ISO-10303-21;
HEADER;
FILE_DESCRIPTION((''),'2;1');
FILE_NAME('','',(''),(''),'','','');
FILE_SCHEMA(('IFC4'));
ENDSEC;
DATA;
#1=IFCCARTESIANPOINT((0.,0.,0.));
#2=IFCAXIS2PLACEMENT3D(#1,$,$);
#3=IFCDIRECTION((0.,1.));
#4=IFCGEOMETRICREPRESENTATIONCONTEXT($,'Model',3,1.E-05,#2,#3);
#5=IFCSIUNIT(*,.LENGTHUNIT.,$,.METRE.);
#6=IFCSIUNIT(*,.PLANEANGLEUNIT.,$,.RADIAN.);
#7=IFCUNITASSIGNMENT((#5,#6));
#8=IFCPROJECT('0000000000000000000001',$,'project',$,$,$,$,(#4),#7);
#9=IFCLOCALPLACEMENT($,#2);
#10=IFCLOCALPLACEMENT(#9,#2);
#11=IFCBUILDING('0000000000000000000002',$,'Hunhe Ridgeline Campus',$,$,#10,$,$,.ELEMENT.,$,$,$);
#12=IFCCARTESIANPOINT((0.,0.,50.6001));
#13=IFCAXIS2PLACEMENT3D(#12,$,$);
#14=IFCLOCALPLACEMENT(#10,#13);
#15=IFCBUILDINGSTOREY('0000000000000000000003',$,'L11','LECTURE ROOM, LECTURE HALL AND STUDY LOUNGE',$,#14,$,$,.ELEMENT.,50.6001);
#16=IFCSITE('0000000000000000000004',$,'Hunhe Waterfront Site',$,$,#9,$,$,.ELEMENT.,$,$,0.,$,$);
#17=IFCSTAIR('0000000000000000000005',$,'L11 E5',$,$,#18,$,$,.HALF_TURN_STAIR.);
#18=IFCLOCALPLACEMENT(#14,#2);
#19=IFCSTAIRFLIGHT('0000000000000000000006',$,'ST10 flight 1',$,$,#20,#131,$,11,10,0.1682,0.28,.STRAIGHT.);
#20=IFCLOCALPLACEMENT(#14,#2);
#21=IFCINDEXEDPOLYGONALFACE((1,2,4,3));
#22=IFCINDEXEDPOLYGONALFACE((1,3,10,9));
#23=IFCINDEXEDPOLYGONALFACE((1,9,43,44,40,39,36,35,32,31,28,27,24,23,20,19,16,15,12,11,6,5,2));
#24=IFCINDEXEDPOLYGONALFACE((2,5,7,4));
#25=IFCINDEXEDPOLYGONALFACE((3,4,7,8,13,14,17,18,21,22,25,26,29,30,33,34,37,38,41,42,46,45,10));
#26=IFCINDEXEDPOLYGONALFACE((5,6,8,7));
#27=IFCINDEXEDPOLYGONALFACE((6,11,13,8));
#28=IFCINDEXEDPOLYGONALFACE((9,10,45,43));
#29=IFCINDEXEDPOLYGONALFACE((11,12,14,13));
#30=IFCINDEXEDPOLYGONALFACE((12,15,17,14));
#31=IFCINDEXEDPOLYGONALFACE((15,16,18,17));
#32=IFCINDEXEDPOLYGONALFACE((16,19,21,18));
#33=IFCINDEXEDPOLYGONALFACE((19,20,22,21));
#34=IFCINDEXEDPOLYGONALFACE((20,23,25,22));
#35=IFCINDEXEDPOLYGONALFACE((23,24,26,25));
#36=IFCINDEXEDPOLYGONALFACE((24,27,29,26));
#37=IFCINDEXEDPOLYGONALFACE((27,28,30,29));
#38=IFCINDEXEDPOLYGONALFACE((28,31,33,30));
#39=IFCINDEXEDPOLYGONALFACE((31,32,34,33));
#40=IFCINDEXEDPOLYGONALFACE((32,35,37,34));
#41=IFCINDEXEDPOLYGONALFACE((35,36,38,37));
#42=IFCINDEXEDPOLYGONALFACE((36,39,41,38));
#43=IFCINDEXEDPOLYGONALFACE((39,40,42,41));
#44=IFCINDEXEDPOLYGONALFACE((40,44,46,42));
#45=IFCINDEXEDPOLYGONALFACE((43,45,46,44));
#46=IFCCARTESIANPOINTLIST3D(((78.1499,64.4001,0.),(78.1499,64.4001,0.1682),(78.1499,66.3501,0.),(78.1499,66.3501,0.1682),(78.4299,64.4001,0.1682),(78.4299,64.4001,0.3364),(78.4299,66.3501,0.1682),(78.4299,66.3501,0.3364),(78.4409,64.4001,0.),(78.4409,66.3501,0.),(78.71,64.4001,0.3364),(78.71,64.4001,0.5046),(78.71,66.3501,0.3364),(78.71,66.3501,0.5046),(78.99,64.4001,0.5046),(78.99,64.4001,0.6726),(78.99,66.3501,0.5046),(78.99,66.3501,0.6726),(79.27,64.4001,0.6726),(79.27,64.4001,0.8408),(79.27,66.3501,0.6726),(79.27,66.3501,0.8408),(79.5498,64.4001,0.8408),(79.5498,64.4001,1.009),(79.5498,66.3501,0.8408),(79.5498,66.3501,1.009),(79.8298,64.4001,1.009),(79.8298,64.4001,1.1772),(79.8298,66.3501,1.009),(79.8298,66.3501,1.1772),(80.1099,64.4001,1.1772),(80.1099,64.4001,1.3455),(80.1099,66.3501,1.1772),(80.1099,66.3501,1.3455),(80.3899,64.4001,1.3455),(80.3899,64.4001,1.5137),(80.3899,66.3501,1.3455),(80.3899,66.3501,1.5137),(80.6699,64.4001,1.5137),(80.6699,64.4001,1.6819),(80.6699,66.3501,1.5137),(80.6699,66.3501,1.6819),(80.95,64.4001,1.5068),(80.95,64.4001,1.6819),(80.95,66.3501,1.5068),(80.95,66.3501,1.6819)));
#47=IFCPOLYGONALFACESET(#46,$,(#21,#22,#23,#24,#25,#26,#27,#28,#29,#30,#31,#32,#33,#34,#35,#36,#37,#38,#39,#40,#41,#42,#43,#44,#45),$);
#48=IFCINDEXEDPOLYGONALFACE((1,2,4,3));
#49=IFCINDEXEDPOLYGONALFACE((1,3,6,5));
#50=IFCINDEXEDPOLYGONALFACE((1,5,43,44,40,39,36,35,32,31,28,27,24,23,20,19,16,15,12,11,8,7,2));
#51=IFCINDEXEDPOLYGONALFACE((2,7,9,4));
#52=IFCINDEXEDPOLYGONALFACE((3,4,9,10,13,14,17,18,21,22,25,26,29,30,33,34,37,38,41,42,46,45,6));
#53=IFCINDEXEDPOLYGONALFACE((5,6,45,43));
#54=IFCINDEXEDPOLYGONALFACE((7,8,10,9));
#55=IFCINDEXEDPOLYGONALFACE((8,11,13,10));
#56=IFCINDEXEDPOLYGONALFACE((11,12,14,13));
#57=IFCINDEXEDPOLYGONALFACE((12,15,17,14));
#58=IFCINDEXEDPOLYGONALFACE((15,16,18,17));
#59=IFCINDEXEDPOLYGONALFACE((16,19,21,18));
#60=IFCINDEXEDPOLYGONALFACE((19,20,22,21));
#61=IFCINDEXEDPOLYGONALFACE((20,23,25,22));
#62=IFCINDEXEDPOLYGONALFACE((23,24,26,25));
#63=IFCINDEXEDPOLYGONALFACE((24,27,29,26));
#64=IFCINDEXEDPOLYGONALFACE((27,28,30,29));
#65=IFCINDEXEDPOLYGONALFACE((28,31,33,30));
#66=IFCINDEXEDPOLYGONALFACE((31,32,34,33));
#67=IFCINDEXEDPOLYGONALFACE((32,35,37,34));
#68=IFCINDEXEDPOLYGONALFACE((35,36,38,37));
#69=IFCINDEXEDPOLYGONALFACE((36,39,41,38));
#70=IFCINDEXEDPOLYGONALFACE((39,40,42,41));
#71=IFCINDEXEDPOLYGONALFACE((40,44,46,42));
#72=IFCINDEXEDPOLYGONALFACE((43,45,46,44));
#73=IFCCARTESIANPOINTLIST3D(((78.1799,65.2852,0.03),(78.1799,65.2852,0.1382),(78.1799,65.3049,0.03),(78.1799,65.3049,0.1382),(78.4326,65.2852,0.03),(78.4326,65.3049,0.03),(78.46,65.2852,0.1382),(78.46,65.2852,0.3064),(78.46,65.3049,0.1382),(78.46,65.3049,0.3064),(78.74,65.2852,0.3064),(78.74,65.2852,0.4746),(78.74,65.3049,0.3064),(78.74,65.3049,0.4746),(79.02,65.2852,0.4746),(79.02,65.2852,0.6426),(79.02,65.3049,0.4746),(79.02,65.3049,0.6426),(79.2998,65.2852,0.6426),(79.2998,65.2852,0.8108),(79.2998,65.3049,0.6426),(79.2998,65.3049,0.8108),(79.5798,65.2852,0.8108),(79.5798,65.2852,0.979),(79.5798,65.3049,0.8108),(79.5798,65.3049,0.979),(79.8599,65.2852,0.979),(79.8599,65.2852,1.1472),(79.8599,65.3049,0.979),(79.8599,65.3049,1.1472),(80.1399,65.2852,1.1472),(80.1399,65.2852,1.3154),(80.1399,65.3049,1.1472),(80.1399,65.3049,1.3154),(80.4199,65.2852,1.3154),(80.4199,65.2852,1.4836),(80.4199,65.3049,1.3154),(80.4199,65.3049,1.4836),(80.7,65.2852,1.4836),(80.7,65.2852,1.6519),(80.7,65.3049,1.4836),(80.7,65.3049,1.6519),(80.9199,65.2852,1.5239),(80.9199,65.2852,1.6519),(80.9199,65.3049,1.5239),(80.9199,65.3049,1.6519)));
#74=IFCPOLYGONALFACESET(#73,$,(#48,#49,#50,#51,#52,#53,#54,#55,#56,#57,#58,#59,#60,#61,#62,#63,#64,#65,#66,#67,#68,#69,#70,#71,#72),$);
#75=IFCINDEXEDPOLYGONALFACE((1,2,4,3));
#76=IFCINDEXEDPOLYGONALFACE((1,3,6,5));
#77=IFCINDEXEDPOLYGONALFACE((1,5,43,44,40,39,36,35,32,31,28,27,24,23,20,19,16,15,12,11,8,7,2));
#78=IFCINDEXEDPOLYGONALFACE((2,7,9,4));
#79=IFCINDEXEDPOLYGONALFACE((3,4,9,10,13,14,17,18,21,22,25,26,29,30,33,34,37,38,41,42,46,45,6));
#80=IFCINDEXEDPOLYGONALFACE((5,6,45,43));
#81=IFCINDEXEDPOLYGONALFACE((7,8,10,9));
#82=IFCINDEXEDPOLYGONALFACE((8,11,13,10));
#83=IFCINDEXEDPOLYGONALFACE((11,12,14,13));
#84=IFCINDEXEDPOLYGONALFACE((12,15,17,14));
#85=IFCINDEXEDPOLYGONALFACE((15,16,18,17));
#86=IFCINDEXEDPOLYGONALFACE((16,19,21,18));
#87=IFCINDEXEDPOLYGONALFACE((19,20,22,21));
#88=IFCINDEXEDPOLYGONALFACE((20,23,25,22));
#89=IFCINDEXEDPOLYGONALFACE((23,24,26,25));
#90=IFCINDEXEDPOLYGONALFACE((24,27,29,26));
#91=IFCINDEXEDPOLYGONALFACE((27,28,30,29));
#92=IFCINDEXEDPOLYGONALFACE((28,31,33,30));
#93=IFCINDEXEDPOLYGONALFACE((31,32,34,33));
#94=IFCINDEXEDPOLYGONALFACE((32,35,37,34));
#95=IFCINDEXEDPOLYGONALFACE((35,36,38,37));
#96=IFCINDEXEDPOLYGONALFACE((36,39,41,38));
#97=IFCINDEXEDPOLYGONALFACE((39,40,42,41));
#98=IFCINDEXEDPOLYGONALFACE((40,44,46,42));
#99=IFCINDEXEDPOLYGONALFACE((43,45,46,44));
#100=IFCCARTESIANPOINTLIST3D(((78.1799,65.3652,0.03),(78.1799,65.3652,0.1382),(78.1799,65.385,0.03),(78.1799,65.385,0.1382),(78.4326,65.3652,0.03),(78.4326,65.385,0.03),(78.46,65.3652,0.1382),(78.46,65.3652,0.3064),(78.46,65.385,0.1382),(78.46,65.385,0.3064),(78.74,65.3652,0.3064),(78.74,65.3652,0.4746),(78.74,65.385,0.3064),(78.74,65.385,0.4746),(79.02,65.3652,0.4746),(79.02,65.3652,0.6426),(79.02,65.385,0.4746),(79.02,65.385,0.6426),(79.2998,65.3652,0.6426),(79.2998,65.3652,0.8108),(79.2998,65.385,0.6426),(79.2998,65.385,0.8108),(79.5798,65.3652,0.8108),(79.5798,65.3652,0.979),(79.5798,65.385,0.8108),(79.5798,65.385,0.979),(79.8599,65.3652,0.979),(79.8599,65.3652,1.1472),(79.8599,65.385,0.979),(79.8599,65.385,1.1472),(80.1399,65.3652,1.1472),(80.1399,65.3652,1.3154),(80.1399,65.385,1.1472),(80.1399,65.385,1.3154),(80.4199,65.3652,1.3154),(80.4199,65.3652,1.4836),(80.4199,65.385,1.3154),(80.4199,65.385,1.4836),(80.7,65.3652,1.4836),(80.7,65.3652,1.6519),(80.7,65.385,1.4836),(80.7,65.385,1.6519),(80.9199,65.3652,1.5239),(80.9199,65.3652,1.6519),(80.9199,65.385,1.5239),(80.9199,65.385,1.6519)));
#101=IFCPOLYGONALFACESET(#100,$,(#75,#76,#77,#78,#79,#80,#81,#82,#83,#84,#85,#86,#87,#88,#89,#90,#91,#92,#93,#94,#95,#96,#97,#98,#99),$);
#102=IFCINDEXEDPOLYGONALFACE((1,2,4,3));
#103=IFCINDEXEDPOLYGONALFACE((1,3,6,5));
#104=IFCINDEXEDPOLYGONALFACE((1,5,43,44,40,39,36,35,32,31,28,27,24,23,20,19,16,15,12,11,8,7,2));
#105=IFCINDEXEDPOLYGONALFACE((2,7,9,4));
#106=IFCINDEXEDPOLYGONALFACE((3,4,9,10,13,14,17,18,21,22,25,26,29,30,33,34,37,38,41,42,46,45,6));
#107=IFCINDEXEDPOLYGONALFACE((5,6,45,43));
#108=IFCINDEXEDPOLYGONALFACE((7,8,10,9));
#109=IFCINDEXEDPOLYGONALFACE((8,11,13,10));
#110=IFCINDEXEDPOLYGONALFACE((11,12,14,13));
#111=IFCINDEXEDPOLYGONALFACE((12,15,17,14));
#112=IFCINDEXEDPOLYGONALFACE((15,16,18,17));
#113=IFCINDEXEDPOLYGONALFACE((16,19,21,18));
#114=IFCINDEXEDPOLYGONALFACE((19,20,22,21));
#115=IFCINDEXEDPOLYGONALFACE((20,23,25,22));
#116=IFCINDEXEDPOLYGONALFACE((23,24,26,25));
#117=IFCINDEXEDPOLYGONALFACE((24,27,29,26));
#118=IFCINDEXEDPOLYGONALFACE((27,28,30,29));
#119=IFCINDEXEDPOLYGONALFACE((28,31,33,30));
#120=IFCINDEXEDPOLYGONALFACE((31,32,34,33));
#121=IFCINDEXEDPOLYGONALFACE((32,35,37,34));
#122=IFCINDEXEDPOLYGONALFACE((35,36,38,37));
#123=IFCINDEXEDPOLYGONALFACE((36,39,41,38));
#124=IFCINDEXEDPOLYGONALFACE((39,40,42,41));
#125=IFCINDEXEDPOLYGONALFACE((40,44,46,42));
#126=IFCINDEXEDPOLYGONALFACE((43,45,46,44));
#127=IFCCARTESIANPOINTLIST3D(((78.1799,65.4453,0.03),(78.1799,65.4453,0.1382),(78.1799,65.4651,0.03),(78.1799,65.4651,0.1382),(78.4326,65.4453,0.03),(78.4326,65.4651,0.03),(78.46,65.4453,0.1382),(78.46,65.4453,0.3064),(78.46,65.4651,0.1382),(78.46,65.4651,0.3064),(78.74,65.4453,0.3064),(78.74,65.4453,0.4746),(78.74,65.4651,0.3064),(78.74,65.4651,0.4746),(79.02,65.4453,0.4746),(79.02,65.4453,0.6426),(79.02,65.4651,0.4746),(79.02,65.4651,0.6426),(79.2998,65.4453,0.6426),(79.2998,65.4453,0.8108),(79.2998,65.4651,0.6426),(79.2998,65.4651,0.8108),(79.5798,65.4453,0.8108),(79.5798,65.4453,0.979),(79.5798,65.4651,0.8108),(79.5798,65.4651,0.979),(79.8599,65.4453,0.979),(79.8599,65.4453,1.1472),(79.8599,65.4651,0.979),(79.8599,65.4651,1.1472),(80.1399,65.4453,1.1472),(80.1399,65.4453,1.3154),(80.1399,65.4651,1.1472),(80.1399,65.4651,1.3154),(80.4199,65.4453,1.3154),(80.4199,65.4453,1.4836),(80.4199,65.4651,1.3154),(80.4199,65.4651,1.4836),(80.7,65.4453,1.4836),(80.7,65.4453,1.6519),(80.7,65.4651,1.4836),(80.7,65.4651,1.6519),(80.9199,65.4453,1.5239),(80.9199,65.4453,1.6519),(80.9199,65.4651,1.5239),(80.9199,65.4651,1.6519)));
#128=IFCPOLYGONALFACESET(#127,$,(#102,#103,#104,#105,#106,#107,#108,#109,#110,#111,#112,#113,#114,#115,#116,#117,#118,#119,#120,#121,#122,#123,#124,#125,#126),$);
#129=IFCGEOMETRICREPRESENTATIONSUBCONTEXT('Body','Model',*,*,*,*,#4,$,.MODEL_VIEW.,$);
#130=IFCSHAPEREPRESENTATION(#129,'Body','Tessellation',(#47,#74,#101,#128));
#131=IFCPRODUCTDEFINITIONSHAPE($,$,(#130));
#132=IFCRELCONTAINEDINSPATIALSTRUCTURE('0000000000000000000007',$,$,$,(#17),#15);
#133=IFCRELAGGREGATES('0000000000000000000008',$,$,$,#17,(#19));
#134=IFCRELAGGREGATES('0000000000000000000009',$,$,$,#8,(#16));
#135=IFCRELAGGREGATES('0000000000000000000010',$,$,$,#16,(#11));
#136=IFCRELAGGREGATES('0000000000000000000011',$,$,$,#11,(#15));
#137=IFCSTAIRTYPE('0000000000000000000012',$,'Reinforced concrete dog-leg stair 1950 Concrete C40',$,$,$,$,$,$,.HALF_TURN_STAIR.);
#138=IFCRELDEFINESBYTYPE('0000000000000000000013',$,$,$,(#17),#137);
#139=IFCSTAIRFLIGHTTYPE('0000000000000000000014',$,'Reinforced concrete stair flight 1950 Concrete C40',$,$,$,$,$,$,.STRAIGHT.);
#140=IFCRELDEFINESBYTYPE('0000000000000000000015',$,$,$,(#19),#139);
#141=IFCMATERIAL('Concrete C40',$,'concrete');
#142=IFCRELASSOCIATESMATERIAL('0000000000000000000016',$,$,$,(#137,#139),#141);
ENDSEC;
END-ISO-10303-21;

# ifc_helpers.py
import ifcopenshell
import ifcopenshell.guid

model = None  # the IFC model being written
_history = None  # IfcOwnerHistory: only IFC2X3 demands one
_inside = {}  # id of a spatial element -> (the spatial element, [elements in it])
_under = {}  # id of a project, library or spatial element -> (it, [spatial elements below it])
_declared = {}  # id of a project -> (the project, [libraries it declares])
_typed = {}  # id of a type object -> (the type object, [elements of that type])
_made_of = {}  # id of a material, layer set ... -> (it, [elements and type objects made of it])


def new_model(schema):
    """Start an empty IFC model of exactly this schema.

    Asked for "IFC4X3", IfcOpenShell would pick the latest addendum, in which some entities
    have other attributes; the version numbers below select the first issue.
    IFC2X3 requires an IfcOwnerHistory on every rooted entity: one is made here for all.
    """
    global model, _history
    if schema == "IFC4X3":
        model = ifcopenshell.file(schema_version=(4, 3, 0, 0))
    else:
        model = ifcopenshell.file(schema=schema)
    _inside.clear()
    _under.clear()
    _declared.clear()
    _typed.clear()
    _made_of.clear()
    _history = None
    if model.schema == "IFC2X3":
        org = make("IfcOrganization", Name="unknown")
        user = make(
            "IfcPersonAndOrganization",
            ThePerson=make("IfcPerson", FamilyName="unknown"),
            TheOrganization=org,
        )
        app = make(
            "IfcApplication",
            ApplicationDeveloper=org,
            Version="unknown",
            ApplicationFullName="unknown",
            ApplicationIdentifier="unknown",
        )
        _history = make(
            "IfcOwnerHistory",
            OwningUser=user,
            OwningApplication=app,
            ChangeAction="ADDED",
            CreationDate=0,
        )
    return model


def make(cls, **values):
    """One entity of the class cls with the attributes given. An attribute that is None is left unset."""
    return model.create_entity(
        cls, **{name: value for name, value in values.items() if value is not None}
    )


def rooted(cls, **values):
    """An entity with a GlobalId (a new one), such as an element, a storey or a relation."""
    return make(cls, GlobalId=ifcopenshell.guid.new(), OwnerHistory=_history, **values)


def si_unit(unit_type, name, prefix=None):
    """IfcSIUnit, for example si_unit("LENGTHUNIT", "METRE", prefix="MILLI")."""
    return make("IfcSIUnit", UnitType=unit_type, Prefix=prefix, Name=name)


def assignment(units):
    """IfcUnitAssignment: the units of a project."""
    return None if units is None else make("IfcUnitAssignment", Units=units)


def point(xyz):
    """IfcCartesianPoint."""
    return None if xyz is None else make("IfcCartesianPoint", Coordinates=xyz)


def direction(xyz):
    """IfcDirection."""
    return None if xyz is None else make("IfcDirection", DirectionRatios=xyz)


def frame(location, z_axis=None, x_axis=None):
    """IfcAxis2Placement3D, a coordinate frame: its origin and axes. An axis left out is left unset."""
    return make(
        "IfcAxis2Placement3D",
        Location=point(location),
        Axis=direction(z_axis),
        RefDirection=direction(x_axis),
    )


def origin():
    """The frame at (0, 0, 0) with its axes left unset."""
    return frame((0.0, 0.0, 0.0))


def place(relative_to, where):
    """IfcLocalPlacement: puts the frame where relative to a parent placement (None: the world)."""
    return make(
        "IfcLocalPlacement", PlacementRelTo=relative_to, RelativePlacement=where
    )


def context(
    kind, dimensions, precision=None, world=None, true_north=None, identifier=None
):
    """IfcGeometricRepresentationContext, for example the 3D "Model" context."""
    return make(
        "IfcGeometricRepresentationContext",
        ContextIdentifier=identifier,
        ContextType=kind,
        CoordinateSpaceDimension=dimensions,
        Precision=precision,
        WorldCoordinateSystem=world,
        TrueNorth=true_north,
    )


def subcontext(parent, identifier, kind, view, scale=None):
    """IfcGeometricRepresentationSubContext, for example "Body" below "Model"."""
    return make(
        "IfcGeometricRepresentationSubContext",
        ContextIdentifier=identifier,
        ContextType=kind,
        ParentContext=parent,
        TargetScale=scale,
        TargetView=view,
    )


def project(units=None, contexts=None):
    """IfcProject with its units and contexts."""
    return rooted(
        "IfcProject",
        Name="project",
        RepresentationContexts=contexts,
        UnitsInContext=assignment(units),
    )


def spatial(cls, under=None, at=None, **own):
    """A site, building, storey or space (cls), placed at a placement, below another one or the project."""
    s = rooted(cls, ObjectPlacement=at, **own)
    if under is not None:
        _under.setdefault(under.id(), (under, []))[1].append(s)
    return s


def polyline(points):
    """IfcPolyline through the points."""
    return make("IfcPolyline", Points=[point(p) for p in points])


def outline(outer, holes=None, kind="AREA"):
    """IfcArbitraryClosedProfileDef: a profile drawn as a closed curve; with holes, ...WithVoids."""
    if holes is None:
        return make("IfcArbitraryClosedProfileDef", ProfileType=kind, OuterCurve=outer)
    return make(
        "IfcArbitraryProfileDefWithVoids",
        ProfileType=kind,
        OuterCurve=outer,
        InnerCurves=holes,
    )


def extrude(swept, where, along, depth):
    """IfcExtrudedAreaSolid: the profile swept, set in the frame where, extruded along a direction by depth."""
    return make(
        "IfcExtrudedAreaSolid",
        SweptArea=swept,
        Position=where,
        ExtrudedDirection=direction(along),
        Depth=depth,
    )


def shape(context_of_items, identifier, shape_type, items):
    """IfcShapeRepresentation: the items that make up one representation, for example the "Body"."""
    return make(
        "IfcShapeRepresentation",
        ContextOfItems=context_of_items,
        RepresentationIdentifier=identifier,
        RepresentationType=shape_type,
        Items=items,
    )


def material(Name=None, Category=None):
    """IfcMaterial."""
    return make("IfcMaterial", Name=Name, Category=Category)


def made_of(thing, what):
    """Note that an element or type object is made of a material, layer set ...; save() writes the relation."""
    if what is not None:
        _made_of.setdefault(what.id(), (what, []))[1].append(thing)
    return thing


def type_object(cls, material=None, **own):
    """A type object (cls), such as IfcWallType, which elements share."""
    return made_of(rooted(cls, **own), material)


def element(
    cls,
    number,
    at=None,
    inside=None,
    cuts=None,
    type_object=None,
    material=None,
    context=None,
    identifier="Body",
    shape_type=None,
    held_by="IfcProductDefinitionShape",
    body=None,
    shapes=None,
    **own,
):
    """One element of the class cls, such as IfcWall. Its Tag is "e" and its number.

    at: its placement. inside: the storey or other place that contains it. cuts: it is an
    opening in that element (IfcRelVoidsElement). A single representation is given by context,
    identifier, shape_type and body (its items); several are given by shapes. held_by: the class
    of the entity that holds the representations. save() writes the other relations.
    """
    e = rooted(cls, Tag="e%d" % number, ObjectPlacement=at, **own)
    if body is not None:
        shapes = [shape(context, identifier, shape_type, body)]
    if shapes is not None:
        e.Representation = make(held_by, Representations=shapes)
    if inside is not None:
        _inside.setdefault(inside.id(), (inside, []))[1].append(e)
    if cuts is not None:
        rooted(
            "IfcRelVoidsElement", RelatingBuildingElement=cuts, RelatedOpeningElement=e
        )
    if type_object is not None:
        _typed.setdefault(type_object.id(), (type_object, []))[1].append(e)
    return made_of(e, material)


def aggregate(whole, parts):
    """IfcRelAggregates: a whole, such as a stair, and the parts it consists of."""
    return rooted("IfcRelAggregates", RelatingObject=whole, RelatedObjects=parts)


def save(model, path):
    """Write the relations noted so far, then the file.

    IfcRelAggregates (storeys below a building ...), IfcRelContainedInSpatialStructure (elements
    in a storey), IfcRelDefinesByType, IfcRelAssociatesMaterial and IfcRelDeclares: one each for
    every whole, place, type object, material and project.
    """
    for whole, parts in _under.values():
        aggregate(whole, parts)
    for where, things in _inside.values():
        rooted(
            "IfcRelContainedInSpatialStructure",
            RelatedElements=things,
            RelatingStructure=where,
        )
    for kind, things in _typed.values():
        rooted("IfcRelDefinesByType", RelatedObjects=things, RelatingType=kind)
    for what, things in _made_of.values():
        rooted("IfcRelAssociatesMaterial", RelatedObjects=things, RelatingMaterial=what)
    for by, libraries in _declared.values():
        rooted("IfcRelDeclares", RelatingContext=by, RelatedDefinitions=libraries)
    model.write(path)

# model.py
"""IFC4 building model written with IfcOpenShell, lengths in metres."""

from ifc_helpers import new_model, si_unit, direction, frame, origin, place, context, subcontext, project, spatial, polyline, outline, extrude, material, type_object, element, aggregate, save


model = new_model("IFC4")

# Units and contexts
model_context = context("Model", 3, precision=1e-05, world=origin(), true_north=direction((0.0, 1.0)))
body_context = subcontext(model_context, "Body", "Model", "MODEL_VIEW")
ifc_project = project(units=[si_unit("LENGTHUNIT", "METRE"), si_unit("PLANEANGLEUNIT", "RADIAN")], contexts=[model_context])

# Site, building, storey
site_placement = place(None, origin())
site = spatial("IfcSite", under=ifc_project, at=site_placement, Name="Hunhe Waterfront Site", CompositionType="ELEMENT", RefElevation=0.0)
building_placement = place(site_placement, origin())
building = spatial("IfcBuilding", under=site, at=building_placement, Name="Hunhe Ridgeline Campus", CompositionType="ELEMENT")
storey_placement = place(building_placement, frame((0.0, 0.0, 50.6001)))
storey = spatial("IfcBuildingStorey", under=building, at=storey_placement, Name="L11", Description="LECTURE ROOM, LECTURE HALL AND STUDY LOUNGE", CompositionType="ELEMENT", Elevation=50.6001)

# Stair, stair flight
ifc_material_1 = material(Name="Concrete C40", Category="concrete")
stair_type = type_object("IfcStairType", Name="Reinforced concrete dog-leg stair 1950 Concrete C40", PredefinedType="HALF_TURN_STAIR", material=ifc_material_1)
stair_placement = place(storey_placement, origin())
stair = element("IfcStair", 1, at=stair_placement, inside=storey, type_object=stair_type, Name="L11 E5", PredefinedType="HALF_TURN_STAIR")
stair_flight_type = type_object("IfcStairFlightType", Name="Reinforced concrete stair flight 1950 Concrete C40", PredefinedType="STRAIGHT", material=ifc_material_1)
stair_flight_1_placement = place(storey_placement, frame((78.1499, 65.375, 0.0), z_axis=(0.0, 0.0, 1.0), x_axis=(1.0, 0.0, 0.0)))
stair_flight_1 = element("IfcStairFlight", 2, at=stair_flight_1_placement, type_object=stair_flight_type, Name="ST10 flight 1", NumberOfRisers=11, NumberOfTreads=10, PredefinedType="STRAIGHT", RiserHeight=0.1682, TreadLength=0.28, context=body_context, shape_type="SweptSolid", body=[
    extrude(outline(polyline([(0.0, 0.0), (0.0, 0.1682), (0.28, 0.1682), (0.28, 0.3364), (0.5601, 0.3364), (0.5601, 0.5046), (0.8401, 0.5046), (0.8401, 0.6726), (1.1201, 0.6726), (1.1201, 0.8408), (1.3999, 0.8408), (1.3999, 1.009), (1.6799, 1.009), (1.6799, 1.1772), (1.96, 1.1772), (1.96, 1.3455), (2.24, 1.3455), (2.24, 1.5137), (2.52, 1.5137), (2.52, 1.6819), (2.8, 1.6819), (2.8, 1.8501), (2.8, 1.5068), (0.291, 0.0), (0.0, 0.0)])), frame((0.0, 0.9751, 0.0), z_axis=(0.0, -1.0, 0.0), x_axis=(1.0, 0.0, 0.0)), (0.0, 0.0, 1.0), 1.95),
    extrude(outline(polyline([(0.03, 0.03), (0.03, 0.1382), (0.3101, 0.1382), (0.3101, 0.3064), (0.5901, 0.3064), (0.5901, 0.4746), (0.8701, 0.4746), (0.8701, 0.6426), (1.1499, 0.6426), (1.1499, 0.8108), (1.4299, 0.8108), (1.4299, 0.979), (1.71, 0.979), (1.71, 1.1472), (1.99, 1.1472), (1.99, 1.3154), (2.27, 1.3154), (2.27, 1.4836), (2.55, 1.4836), (2.55, 1.6519), (2.77, 1.6519), (2.77, 1.5239), (0.2827, 0.03), (0.03, 0.03)])), frame((0.0, -0.0701, 0.0), z_axis=(0.0, -1.0, 0.0), x_axis=(1.0, 0.0, 0.0)), (0.0, 0.0, 1.0), 0.0198),
    extrude(outline(polyline([(0.03, 0.03), (0.03, 0.1382), (0.3101, 0.1382), (0.3101, 0.3064), (0.5901, 0.3064), (0.5901, 0.4746), (0.8701, 0.4746), (0.8701, 0.6426), (1.1499, 0.6426), (1.1499, 0.8108), (1.4299, 0.8108), (1.4299, 0.979), (1.71, 0.979), (1.71, 1.1472), (1.99, 1.1472), (1.99, 1.3154), (2.27, 1.3154), (2.27, 1.4836), (2.55, 1.4836), (2.55, 1.6519), (2.77, 1.6519), (2.77, 1.5239), (0.2827, 0.03), (0.03, 0.03)])), frame((0.0, 0.01, 0.0), z_axis=(0.0, -1.0, 0.0), x_axis=(1.0, 0.0, 0.0)), (0.0, 0.0, 1.0), 0.0198),
    extrude(outline(polyline([(0.03, 0.03), (0.03, 0.1382), (0.3101, 0.1382), (0.3101, 0.3064), (0.5901, 0.3064), (0.5901, 0.4746), (0.8701, 0.4746), (0.8701, 0.6426), (1.1499, 0.6426), (1.1499, 0.8108), (1.4299, 0.8108), (1.4299, 0.979), (1.71, 0.979), (1.71, 1.1472), (1.99, 1.1472), (1.99, 1.3154), (2.27, 1.3154), (2.27, 1.4836), (2.55, 1.4836), (2.55, 1.6519), (2.77, 1.6519), (2.77, 1.5239), (0.2827, 0.03), (0.03, 0.03)])), frame((0.0, 0.0901, 0.0), z_axis=(0.0, -1.0, 0.0), x_axis=(1.0, 0.0, 0.0)), (0.0, 0.0, 1.0), 0.0198),
])
aggregate(stair, [stair_flight_1])

save(model, "model.ifc")
